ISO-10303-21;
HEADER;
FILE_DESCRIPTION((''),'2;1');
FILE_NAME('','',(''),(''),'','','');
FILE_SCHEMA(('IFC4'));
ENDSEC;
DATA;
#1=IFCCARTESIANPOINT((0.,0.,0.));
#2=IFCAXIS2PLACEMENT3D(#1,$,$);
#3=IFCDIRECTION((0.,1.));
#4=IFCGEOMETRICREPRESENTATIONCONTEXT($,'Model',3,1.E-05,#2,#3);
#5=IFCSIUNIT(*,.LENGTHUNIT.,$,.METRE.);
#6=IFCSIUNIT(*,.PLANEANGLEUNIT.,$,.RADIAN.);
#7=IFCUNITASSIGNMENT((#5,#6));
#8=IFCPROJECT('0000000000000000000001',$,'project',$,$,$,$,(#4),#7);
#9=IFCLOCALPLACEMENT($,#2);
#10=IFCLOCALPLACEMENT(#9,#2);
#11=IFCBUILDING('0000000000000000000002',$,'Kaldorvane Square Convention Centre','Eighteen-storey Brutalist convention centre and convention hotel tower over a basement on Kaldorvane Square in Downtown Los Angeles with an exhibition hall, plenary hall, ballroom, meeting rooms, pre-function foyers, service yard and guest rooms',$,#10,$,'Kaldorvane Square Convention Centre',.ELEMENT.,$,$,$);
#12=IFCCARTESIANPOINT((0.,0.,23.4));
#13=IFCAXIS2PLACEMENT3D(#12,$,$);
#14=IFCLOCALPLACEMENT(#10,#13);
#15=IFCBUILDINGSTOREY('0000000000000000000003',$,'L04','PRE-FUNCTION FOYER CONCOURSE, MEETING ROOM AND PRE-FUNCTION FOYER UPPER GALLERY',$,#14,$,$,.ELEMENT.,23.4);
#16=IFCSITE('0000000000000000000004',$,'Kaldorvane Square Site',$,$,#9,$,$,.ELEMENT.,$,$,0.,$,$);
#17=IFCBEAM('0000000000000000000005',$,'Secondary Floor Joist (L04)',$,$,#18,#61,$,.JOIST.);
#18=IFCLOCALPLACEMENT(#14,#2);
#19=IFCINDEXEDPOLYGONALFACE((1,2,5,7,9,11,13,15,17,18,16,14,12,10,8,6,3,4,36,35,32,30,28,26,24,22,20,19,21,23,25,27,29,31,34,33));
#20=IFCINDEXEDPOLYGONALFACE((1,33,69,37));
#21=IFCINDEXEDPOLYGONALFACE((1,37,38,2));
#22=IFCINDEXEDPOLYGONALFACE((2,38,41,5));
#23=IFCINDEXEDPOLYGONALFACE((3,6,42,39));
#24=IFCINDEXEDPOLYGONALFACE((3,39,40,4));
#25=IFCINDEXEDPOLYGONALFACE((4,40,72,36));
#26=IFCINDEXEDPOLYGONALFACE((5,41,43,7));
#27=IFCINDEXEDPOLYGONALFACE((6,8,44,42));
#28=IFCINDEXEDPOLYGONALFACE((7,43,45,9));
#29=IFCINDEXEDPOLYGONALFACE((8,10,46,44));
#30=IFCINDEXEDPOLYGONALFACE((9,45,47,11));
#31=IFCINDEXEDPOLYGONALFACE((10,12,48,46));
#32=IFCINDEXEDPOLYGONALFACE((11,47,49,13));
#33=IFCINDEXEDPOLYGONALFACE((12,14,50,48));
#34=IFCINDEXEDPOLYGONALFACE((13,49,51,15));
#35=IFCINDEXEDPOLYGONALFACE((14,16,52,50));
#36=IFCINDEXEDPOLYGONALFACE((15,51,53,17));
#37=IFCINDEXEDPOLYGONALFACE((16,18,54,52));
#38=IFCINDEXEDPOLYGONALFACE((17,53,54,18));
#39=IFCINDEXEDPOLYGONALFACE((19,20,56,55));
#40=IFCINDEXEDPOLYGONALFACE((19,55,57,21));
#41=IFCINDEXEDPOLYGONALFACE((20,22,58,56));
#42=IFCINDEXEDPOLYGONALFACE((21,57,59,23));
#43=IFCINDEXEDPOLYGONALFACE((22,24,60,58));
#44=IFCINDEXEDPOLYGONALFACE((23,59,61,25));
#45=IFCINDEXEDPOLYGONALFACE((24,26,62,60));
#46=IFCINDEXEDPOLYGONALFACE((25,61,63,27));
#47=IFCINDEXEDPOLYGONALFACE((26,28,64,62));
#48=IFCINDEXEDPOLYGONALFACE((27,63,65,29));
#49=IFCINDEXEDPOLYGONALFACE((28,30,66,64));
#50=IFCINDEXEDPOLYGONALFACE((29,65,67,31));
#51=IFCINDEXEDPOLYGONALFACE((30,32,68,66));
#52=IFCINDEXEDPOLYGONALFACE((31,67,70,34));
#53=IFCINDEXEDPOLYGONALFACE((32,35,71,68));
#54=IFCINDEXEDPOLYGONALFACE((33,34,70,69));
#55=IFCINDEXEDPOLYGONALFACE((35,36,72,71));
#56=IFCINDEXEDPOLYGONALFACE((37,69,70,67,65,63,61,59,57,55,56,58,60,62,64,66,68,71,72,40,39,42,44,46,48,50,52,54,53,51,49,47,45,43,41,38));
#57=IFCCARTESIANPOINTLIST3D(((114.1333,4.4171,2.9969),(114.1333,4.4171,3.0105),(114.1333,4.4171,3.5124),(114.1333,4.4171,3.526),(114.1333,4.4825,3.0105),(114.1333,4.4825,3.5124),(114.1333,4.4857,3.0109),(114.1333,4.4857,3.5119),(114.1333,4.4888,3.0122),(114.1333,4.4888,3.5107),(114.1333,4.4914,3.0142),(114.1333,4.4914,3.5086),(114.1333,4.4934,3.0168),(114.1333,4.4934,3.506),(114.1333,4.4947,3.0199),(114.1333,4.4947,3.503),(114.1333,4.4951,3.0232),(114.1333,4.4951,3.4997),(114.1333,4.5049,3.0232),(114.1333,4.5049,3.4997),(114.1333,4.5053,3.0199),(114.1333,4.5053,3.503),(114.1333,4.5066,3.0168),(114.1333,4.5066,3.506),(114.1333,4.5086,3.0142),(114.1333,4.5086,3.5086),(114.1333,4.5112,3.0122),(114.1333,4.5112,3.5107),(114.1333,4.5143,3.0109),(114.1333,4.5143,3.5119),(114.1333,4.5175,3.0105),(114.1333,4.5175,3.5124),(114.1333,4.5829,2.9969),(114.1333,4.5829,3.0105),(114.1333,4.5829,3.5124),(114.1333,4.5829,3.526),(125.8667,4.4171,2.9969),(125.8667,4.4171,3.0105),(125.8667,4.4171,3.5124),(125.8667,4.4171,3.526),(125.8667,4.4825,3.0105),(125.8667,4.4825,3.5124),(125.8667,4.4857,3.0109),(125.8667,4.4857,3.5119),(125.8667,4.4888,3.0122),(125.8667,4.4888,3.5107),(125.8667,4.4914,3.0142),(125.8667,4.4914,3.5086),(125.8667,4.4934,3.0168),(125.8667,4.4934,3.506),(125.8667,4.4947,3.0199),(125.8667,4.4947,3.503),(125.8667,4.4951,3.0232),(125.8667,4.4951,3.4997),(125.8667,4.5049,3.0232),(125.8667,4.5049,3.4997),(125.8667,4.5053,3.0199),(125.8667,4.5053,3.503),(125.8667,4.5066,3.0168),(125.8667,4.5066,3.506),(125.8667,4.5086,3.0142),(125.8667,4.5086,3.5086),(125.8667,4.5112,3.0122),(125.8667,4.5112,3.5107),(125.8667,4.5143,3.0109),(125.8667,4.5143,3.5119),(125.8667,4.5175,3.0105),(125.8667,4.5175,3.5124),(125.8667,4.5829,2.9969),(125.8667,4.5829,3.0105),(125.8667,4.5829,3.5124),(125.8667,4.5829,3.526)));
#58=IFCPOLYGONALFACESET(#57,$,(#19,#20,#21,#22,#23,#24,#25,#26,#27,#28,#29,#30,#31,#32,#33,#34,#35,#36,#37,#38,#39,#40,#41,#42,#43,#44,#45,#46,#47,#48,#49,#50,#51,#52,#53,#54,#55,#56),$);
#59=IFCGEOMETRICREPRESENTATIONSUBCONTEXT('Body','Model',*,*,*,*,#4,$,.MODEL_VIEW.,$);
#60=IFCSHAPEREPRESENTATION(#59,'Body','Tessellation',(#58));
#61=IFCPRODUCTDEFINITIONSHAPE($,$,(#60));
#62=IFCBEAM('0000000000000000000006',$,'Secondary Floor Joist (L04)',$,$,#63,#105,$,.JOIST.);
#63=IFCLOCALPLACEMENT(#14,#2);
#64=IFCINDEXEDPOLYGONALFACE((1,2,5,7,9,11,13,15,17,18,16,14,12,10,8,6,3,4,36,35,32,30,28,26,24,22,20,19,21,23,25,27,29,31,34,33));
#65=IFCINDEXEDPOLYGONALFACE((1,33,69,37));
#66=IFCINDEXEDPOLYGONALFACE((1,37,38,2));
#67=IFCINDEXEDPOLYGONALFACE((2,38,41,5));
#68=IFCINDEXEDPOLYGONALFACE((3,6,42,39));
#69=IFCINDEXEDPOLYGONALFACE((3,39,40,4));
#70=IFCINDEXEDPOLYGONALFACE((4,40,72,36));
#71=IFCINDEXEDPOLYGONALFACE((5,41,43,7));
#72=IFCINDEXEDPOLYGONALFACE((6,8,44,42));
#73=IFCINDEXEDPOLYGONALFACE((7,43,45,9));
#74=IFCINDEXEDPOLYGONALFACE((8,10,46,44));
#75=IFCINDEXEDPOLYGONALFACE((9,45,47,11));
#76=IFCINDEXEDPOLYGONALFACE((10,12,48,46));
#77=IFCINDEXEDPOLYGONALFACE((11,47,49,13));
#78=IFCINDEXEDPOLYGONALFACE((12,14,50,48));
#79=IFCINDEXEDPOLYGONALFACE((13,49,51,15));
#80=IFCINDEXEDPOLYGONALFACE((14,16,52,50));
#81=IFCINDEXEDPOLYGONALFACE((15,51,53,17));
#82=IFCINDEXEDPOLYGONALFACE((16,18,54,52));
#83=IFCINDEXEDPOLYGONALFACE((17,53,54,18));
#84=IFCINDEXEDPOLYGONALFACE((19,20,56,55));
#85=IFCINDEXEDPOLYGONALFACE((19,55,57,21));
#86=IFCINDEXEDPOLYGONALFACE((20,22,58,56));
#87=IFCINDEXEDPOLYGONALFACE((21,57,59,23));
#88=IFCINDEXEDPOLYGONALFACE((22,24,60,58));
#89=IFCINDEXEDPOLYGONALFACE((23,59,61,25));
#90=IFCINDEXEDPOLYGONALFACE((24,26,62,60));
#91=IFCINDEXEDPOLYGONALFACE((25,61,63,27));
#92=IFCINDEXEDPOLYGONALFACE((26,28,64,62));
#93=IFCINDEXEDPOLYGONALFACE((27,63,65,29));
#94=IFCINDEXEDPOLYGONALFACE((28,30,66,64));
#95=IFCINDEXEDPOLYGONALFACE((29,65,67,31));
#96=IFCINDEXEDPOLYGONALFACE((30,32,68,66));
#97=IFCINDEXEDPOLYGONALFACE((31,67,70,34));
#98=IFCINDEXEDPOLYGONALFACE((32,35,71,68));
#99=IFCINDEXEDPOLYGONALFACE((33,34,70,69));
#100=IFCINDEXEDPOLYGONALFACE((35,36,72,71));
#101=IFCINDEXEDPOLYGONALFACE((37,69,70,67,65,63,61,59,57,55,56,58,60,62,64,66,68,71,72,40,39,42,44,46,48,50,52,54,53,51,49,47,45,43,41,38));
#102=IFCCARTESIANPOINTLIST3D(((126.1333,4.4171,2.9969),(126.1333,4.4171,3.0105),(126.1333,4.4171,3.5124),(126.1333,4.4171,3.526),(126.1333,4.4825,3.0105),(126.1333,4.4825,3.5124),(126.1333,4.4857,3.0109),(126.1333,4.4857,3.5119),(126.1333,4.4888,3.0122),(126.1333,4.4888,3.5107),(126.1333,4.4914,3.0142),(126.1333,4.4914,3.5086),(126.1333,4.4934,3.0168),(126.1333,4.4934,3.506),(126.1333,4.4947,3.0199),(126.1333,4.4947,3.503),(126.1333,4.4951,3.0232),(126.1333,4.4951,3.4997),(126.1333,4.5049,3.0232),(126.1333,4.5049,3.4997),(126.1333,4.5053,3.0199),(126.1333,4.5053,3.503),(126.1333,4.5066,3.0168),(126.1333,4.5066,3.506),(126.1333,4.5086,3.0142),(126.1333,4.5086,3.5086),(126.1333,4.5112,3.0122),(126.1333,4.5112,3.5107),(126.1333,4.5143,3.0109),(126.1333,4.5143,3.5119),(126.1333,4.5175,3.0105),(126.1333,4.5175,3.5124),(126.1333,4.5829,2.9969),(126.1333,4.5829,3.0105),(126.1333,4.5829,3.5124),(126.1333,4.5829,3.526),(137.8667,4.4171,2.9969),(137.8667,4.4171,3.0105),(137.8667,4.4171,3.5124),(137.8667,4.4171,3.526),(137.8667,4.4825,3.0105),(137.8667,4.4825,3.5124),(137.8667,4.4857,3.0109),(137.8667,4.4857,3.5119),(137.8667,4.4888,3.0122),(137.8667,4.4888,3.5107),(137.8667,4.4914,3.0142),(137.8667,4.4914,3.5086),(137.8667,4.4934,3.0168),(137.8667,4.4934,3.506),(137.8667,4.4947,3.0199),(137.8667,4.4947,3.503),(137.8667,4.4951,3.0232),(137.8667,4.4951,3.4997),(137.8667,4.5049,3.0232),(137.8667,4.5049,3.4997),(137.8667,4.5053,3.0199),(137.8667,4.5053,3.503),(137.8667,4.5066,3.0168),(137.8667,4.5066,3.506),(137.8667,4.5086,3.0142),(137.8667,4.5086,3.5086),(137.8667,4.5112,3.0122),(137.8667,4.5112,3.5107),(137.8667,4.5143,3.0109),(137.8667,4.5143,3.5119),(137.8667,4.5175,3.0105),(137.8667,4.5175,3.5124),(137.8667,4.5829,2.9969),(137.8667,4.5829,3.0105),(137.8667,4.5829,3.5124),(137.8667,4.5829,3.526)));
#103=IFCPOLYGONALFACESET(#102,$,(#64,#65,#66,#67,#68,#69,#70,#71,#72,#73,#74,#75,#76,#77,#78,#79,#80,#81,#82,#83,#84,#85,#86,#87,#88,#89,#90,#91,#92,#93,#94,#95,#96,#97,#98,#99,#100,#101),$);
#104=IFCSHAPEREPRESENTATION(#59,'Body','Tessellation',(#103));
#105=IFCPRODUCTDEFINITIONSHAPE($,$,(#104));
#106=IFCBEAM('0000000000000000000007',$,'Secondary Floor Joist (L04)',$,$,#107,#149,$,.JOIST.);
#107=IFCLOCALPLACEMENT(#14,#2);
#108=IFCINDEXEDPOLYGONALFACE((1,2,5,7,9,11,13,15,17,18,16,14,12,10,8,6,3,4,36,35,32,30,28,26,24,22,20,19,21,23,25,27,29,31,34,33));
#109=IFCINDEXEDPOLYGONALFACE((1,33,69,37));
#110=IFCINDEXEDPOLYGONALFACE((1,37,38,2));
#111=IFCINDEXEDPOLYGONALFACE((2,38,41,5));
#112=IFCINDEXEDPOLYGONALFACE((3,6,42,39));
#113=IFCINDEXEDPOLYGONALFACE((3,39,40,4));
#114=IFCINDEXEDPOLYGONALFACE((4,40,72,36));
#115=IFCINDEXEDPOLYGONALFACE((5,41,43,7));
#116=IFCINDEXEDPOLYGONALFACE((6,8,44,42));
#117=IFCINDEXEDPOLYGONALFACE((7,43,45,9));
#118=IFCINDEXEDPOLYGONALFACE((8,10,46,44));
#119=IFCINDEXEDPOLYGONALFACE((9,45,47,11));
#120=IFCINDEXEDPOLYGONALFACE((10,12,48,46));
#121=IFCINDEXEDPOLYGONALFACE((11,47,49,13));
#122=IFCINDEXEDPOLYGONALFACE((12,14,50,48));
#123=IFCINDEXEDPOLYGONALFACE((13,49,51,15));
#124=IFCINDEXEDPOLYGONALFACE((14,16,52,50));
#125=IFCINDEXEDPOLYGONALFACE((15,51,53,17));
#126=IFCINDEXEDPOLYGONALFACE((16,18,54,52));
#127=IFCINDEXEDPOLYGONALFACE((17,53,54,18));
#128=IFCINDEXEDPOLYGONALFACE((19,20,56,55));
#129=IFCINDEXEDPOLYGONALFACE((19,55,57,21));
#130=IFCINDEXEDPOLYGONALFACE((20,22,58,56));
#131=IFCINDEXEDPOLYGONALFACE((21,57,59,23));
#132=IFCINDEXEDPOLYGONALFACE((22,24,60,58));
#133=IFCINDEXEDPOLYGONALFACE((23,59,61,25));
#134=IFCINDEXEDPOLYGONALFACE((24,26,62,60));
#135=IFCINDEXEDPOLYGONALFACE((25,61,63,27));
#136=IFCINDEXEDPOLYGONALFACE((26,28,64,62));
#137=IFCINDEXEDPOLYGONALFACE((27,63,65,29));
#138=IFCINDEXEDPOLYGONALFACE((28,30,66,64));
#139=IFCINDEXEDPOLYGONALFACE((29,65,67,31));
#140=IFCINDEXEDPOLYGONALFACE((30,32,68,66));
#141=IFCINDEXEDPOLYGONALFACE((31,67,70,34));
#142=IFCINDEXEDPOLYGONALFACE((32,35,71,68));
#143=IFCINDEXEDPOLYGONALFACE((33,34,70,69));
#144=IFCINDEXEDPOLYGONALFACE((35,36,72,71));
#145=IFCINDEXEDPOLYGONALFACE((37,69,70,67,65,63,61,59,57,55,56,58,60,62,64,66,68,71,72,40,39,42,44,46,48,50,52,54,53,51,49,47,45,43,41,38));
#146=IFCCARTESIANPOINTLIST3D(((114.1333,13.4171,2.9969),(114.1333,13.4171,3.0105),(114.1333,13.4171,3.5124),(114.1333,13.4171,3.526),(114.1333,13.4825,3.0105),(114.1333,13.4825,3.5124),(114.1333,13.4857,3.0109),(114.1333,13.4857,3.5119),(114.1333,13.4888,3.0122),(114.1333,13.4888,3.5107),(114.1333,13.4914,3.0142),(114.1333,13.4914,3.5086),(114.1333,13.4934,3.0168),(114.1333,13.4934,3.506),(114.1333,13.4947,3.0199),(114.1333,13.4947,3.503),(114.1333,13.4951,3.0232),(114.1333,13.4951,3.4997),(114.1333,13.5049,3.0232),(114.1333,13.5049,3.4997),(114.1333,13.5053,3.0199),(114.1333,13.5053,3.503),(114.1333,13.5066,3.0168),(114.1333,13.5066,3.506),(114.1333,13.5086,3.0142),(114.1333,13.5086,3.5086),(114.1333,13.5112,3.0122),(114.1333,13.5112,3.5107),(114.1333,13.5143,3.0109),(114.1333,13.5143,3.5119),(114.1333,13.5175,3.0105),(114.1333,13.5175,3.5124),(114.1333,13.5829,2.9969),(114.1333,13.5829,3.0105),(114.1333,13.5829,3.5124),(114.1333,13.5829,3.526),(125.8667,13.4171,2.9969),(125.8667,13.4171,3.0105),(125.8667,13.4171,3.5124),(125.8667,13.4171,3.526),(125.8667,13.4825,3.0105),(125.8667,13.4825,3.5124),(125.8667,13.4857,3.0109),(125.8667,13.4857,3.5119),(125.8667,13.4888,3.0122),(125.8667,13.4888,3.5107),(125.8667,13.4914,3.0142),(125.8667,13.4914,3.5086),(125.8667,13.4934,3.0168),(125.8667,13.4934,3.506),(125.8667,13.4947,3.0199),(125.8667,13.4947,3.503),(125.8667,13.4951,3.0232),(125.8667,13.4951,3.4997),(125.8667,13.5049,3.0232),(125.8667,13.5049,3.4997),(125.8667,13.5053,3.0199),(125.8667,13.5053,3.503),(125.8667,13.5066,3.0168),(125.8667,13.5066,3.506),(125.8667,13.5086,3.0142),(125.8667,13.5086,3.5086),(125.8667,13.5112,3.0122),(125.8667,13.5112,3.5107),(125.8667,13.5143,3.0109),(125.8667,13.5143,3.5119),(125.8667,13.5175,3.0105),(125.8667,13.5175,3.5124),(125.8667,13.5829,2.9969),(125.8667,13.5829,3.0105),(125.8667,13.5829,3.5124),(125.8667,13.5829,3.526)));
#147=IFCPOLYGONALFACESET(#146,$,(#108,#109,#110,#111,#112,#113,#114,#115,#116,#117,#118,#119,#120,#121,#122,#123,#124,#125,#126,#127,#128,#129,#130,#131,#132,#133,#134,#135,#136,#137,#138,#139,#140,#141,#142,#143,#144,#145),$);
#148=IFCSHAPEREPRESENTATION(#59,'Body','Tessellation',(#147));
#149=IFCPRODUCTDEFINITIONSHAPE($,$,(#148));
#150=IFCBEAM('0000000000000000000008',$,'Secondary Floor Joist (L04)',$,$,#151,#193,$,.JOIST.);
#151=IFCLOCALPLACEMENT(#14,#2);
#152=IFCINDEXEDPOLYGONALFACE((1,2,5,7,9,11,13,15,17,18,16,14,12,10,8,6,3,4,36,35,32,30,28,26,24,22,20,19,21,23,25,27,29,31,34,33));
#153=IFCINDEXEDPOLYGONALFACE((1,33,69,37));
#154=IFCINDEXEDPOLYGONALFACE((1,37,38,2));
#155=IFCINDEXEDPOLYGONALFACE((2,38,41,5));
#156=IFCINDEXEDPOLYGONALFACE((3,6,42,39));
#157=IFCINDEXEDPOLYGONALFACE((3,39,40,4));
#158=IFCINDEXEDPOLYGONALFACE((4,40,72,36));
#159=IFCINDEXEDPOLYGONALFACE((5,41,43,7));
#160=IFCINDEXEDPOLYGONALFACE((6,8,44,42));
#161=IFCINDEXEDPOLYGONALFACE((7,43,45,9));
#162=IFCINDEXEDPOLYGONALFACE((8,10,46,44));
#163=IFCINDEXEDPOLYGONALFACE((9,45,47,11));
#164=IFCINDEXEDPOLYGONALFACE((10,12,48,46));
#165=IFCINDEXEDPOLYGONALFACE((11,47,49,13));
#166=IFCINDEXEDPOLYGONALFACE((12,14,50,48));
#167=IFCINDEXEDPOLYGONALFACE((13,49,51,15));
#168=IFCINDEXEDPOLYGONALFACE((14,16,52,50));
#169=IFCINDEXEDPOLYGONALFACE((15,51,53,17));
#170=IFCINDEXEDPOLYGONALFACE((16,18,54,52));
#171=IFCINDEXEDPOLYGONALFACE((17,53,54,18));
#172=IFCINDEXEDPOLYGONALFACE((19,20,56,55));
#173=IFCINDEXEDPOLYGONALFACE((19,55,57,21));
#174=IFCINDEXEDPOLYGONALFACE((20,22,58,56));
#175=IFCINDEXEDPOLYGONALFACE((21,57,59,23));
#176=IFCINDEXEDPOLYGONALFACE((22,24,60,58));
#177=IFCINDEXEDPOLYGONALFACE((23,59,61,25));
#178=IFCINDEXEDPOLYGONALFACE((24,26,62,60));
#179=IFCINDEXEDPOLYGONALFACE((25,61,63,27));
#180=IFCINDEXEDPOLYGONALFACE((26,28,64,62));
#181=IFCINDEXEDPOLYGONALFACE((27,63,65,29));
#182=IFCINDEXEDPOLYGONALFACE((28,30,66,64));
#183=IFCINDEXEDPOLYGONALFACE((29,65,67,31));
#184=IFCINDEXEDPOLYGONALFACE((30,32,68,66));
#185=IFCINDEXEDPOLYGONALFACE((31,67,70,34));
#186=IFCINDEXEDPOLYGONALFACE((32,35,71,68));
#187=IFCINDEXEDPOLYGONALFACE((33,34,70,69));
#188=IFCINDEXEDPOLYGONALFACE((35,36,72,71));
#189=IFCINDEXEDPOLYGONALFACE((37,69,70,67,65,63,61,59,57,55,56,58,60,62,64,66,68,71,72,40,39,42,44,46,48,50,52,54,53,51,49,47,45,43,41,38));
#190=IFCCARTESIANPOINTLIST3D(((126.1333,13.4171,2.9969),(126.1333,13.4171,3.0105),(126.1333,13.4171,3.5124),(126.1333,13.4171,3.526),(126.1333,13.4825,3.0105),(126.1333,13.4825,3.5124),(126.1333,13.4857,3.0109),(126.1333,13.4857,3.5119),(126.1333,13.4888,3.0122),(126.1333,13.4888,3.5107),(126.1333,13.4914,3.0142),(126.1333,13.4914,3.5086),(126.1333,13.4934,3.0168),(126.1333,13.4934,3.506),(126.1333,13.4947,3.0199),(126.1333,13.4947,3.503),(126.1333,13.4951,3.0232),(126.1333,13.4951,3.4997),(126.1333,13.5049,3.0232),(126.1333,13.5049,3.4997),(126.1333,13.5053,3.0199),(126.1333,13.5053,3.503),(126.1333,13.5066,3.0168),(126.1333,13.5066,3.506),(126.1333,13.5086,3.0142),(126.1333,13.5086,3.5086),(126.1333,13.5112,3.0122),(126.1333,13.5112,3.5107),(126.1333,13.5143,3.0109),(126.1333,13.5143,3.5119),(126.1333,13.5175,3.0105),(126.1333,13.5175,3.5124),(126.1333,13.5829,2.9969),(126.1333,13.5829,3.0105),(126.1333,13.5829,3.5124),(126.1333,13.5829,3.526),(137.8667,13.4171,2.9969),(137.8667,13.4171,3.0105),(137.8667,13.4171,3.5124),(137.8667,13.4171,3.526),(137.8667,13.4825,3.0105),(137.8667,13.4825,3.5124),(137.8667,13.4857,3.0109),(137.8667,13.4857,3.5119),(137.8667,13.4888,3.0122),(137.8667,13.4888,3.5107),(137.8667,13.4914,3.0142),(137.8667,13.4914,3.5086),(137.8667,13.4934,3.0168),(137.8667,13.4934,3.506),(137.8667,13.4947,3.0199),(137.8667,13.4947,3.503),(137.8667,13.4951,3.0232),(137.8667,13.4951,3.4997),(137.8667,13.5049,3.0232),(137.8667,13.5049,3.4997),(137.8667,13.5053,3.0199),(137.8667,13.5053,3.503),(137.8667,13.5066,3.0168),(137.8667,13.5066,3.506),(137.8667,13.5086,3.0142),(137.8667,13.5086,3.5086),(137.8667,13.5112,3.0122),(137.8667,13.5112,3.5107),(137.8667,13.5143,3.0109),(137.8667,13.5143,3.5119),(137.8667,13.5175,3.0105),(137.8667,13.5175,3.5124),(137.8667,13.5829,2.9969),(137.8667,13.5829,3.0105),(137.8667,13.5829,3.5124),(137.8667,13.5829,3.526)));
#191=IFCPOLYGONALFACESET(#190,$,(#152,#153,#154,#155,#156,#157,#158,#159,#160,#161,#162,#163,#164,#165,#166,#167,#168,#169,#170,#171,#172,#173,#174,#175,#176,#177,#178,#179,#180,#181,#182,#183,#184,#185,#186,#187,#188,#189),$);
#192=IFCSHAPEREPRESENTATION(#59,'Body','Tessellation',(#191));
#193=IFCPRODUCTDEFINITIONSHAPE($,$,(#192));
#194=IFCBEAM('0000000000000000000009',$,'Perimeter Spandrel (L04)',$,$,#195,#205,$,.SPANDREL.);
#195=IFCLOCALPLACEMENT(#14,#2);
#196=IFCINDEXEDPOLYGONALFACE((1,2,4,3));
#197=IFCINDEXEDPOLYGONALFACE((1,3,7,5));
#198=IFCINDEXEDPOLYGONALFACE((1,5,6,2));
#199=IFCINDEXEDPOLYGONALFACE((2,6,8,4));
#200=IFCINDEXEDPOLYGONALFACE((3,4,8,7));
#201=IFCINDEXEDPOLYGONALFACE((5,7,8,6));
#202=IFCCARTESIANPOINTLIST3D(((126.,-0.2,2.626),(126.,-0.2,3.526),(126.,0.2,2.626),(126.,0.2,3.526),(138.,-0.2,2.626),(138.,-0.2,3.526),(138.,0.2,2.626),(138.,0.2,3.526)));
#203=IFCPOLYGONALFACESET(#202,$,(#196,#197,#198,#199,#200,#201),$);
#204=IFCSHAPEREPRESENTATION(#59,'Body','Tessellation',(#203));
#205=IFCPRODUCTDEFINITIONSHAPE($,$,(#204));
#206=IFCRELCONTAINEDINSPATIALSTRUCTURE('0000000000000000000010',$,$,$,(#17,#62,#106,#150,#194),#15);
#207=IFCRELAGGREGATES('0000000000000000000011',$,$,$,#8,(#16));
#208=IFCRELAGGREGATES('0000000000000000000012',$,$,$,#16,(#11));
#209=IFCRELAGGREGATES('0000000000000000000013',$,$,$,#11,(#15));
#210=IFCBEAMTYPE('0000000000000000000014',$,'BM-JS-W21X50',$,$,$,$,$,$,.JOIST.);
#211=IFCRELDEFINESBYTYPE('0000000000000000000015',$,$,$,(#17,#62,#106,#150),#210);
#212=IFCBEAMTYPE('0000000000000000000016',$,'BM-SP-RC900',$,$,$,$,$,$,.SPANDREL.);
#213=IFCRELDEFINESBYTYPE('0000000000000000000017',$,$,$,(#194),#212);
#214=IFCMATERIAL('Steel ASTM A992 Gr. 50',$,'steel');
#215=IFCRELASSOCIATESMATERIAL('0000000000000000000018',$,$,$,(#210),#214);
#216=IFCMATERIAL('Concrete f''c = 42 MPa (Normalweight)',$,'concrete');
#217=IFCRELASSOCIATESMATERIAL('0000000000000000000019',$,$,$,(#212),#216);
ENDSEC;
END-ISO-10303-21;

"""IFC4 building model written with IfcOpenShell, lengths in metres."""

from ifc_helpers import new_model, si_unit, direction, frame, origin, origin_2d, place, context, subcontext, project, spatial, rectangle, i_section, extrude, material, material_profile, profile_set, type_object, element, save


model = new_model("IFC4")

# Units and contexts
model_context = context("Model", 3, precision=1e-05, world=origin(), true_north=direction((0.0, 1.0)))
body_context = subcontext(model_context, "Body", "Model", "MODEL_VIEW")
ifc_project = project(units=[si_unit("LENGTHUNIT", "METRE"), si_unit("PLANEANGLEUNIT", "RADIAN")], contexts=[model_context])

# Site, building, storey
site_placement = place(None, origin())
site = spatial("IfcSite", under=ifc_project, at=site_placement, Name="Kaldorvane Square Site", CompositionType="ELEMENT", RefElevation=0.0)
building_placement = place(site_placement, origin())
building = spatial("IfcBuilding", under=site, at=building_placement, Name="Kaldorvane Square Convention Centre", Description="Eighteen-storey Brutalist convention centre and convention hotel tower over a basement on Kaldorvane Square in Downtown Los Angeles with an exhibition hall, plenary hall, ballroom, meeting rooms, pre-function foyers, service yard and guest rooms", LongName="Kaldorvane Square Convention Centre", CompositionType="ELEMENT")
storey_placement = place(building_placement, frame((0.0, 0.0, 23.4)))
storey = spatial("IfcBuildingStorey", under=building, at=storey_placement, Name="L04", Description="PRE-FUNCTION FOYER CONCOURSE, MEETING ROOM AND PRE-FUNCTION FOYER UPPER GALLERY", CompositionType="ELEMENT", Elevation=23.4)

# Shared definitions
ifc_material_1 = material(Name="Steel ASTM A992 Gr. 50", Category="steel")

# Beams
ifc_material_profile_1 = material_profile(ifc_material_1, i_section(OverallWidth=0.1659, OverallDepth=0.5291, WebThickness=0.0097, FlangeThickness=0.0136, FilletRadius=0.0127, at=origin_2d()), Name="W21X50")
ifc_profile_set_1 = profile_set([ifc_material_profile_1], Name="Steel ASTM A992 Gr. 50")
beam_type_1 = type_object("IfcBeamType", Name="BM-JS-W21X50", PredefinedType="JOIST", material=ifc_profile_set_1)
for number, where, z_axis, x_axis, name in (
    (1, (114.1333, 4.5, 3.2614), (1.0, 0.0, 0.0), (0.0, 1.0, 0.0), "Secondary Floor Joist (L04)"),
    (2, (126.1333, 4.5, 3.2614), (1.0, 0.0, 0.0), (0.0, 1.0, 0.0), "Secondary Floor Joist (L04)"),
    (3, (114.1333, 13.5, 3.2614), (1.0, 0.0, 0.0), (0.0, 1.0, 0.0), "Secondary Floor Joist (L04)"),
    (4, (126.1333, 13.5, 3.2614), (1.0, 0.0, 0.0), (0.0, 1.0, 0.0), "Secondary Floor Joist (L04)"),
):
    element("IfcBeam", number, at=place(storey_placement, frame(where, z_axis=z_axis, x_axis=x_axis)), inside=storey, type_object=beam_type_1, Name=name, PredefinedType="JOIST", context=body_context, shape_type="SweptSolid", body=[
        extrude(i_section(OverallWidth=0.1659, OverallDepth=0.5291, WebThickness=0.0097, FlangeThickness=0.0136, FilletRadius=0.0127, at=origin_2d()), origin(), (0.0, 0.0, 1.0), 11.7334),
    ])
ifc_material_2 = material(Name="Concrete f'c = 42 MPa (Normalweight)", Category="concrete")
ifc_material_profile_2 = material_profile(ifc_material_2, rectangle(XDim=0.4, YDim=0.9, at=origin_2d()), Name="RCSP900X400")
ifc_profile_set_2 = profile_set([ifc_material_profile_2], Name="Concrete f'c = 42 MPa (Normalweight)")
beam_type_2 = type_object("IfcBeamType", Name="BM-SP-RC900", PredefinedType="SPANDREL", material=ifc_profile_set_2)
beam_placement = place(storey_placement, frame((126.0, 0.0, 3.076), z_axis=(1.0, 0.0, 0.0), x_axis=(0.0, 1.0, 0.0)))
element("IfcBeam", 5, at=beam_placement, inside=storey, type_object=beam_type_2, Name="Perimeter Spandrel (L04)", PredefinedType="SPANDREL", context=body_context, shape_type="SweptSolid", body=[
    extrude(rectangle(XDim=0.4, YDim=0.9, at=origin_2d()), origin(), (0.0, 0.0, 1.0), 12.0),
])

save(model, "model.ifc")
